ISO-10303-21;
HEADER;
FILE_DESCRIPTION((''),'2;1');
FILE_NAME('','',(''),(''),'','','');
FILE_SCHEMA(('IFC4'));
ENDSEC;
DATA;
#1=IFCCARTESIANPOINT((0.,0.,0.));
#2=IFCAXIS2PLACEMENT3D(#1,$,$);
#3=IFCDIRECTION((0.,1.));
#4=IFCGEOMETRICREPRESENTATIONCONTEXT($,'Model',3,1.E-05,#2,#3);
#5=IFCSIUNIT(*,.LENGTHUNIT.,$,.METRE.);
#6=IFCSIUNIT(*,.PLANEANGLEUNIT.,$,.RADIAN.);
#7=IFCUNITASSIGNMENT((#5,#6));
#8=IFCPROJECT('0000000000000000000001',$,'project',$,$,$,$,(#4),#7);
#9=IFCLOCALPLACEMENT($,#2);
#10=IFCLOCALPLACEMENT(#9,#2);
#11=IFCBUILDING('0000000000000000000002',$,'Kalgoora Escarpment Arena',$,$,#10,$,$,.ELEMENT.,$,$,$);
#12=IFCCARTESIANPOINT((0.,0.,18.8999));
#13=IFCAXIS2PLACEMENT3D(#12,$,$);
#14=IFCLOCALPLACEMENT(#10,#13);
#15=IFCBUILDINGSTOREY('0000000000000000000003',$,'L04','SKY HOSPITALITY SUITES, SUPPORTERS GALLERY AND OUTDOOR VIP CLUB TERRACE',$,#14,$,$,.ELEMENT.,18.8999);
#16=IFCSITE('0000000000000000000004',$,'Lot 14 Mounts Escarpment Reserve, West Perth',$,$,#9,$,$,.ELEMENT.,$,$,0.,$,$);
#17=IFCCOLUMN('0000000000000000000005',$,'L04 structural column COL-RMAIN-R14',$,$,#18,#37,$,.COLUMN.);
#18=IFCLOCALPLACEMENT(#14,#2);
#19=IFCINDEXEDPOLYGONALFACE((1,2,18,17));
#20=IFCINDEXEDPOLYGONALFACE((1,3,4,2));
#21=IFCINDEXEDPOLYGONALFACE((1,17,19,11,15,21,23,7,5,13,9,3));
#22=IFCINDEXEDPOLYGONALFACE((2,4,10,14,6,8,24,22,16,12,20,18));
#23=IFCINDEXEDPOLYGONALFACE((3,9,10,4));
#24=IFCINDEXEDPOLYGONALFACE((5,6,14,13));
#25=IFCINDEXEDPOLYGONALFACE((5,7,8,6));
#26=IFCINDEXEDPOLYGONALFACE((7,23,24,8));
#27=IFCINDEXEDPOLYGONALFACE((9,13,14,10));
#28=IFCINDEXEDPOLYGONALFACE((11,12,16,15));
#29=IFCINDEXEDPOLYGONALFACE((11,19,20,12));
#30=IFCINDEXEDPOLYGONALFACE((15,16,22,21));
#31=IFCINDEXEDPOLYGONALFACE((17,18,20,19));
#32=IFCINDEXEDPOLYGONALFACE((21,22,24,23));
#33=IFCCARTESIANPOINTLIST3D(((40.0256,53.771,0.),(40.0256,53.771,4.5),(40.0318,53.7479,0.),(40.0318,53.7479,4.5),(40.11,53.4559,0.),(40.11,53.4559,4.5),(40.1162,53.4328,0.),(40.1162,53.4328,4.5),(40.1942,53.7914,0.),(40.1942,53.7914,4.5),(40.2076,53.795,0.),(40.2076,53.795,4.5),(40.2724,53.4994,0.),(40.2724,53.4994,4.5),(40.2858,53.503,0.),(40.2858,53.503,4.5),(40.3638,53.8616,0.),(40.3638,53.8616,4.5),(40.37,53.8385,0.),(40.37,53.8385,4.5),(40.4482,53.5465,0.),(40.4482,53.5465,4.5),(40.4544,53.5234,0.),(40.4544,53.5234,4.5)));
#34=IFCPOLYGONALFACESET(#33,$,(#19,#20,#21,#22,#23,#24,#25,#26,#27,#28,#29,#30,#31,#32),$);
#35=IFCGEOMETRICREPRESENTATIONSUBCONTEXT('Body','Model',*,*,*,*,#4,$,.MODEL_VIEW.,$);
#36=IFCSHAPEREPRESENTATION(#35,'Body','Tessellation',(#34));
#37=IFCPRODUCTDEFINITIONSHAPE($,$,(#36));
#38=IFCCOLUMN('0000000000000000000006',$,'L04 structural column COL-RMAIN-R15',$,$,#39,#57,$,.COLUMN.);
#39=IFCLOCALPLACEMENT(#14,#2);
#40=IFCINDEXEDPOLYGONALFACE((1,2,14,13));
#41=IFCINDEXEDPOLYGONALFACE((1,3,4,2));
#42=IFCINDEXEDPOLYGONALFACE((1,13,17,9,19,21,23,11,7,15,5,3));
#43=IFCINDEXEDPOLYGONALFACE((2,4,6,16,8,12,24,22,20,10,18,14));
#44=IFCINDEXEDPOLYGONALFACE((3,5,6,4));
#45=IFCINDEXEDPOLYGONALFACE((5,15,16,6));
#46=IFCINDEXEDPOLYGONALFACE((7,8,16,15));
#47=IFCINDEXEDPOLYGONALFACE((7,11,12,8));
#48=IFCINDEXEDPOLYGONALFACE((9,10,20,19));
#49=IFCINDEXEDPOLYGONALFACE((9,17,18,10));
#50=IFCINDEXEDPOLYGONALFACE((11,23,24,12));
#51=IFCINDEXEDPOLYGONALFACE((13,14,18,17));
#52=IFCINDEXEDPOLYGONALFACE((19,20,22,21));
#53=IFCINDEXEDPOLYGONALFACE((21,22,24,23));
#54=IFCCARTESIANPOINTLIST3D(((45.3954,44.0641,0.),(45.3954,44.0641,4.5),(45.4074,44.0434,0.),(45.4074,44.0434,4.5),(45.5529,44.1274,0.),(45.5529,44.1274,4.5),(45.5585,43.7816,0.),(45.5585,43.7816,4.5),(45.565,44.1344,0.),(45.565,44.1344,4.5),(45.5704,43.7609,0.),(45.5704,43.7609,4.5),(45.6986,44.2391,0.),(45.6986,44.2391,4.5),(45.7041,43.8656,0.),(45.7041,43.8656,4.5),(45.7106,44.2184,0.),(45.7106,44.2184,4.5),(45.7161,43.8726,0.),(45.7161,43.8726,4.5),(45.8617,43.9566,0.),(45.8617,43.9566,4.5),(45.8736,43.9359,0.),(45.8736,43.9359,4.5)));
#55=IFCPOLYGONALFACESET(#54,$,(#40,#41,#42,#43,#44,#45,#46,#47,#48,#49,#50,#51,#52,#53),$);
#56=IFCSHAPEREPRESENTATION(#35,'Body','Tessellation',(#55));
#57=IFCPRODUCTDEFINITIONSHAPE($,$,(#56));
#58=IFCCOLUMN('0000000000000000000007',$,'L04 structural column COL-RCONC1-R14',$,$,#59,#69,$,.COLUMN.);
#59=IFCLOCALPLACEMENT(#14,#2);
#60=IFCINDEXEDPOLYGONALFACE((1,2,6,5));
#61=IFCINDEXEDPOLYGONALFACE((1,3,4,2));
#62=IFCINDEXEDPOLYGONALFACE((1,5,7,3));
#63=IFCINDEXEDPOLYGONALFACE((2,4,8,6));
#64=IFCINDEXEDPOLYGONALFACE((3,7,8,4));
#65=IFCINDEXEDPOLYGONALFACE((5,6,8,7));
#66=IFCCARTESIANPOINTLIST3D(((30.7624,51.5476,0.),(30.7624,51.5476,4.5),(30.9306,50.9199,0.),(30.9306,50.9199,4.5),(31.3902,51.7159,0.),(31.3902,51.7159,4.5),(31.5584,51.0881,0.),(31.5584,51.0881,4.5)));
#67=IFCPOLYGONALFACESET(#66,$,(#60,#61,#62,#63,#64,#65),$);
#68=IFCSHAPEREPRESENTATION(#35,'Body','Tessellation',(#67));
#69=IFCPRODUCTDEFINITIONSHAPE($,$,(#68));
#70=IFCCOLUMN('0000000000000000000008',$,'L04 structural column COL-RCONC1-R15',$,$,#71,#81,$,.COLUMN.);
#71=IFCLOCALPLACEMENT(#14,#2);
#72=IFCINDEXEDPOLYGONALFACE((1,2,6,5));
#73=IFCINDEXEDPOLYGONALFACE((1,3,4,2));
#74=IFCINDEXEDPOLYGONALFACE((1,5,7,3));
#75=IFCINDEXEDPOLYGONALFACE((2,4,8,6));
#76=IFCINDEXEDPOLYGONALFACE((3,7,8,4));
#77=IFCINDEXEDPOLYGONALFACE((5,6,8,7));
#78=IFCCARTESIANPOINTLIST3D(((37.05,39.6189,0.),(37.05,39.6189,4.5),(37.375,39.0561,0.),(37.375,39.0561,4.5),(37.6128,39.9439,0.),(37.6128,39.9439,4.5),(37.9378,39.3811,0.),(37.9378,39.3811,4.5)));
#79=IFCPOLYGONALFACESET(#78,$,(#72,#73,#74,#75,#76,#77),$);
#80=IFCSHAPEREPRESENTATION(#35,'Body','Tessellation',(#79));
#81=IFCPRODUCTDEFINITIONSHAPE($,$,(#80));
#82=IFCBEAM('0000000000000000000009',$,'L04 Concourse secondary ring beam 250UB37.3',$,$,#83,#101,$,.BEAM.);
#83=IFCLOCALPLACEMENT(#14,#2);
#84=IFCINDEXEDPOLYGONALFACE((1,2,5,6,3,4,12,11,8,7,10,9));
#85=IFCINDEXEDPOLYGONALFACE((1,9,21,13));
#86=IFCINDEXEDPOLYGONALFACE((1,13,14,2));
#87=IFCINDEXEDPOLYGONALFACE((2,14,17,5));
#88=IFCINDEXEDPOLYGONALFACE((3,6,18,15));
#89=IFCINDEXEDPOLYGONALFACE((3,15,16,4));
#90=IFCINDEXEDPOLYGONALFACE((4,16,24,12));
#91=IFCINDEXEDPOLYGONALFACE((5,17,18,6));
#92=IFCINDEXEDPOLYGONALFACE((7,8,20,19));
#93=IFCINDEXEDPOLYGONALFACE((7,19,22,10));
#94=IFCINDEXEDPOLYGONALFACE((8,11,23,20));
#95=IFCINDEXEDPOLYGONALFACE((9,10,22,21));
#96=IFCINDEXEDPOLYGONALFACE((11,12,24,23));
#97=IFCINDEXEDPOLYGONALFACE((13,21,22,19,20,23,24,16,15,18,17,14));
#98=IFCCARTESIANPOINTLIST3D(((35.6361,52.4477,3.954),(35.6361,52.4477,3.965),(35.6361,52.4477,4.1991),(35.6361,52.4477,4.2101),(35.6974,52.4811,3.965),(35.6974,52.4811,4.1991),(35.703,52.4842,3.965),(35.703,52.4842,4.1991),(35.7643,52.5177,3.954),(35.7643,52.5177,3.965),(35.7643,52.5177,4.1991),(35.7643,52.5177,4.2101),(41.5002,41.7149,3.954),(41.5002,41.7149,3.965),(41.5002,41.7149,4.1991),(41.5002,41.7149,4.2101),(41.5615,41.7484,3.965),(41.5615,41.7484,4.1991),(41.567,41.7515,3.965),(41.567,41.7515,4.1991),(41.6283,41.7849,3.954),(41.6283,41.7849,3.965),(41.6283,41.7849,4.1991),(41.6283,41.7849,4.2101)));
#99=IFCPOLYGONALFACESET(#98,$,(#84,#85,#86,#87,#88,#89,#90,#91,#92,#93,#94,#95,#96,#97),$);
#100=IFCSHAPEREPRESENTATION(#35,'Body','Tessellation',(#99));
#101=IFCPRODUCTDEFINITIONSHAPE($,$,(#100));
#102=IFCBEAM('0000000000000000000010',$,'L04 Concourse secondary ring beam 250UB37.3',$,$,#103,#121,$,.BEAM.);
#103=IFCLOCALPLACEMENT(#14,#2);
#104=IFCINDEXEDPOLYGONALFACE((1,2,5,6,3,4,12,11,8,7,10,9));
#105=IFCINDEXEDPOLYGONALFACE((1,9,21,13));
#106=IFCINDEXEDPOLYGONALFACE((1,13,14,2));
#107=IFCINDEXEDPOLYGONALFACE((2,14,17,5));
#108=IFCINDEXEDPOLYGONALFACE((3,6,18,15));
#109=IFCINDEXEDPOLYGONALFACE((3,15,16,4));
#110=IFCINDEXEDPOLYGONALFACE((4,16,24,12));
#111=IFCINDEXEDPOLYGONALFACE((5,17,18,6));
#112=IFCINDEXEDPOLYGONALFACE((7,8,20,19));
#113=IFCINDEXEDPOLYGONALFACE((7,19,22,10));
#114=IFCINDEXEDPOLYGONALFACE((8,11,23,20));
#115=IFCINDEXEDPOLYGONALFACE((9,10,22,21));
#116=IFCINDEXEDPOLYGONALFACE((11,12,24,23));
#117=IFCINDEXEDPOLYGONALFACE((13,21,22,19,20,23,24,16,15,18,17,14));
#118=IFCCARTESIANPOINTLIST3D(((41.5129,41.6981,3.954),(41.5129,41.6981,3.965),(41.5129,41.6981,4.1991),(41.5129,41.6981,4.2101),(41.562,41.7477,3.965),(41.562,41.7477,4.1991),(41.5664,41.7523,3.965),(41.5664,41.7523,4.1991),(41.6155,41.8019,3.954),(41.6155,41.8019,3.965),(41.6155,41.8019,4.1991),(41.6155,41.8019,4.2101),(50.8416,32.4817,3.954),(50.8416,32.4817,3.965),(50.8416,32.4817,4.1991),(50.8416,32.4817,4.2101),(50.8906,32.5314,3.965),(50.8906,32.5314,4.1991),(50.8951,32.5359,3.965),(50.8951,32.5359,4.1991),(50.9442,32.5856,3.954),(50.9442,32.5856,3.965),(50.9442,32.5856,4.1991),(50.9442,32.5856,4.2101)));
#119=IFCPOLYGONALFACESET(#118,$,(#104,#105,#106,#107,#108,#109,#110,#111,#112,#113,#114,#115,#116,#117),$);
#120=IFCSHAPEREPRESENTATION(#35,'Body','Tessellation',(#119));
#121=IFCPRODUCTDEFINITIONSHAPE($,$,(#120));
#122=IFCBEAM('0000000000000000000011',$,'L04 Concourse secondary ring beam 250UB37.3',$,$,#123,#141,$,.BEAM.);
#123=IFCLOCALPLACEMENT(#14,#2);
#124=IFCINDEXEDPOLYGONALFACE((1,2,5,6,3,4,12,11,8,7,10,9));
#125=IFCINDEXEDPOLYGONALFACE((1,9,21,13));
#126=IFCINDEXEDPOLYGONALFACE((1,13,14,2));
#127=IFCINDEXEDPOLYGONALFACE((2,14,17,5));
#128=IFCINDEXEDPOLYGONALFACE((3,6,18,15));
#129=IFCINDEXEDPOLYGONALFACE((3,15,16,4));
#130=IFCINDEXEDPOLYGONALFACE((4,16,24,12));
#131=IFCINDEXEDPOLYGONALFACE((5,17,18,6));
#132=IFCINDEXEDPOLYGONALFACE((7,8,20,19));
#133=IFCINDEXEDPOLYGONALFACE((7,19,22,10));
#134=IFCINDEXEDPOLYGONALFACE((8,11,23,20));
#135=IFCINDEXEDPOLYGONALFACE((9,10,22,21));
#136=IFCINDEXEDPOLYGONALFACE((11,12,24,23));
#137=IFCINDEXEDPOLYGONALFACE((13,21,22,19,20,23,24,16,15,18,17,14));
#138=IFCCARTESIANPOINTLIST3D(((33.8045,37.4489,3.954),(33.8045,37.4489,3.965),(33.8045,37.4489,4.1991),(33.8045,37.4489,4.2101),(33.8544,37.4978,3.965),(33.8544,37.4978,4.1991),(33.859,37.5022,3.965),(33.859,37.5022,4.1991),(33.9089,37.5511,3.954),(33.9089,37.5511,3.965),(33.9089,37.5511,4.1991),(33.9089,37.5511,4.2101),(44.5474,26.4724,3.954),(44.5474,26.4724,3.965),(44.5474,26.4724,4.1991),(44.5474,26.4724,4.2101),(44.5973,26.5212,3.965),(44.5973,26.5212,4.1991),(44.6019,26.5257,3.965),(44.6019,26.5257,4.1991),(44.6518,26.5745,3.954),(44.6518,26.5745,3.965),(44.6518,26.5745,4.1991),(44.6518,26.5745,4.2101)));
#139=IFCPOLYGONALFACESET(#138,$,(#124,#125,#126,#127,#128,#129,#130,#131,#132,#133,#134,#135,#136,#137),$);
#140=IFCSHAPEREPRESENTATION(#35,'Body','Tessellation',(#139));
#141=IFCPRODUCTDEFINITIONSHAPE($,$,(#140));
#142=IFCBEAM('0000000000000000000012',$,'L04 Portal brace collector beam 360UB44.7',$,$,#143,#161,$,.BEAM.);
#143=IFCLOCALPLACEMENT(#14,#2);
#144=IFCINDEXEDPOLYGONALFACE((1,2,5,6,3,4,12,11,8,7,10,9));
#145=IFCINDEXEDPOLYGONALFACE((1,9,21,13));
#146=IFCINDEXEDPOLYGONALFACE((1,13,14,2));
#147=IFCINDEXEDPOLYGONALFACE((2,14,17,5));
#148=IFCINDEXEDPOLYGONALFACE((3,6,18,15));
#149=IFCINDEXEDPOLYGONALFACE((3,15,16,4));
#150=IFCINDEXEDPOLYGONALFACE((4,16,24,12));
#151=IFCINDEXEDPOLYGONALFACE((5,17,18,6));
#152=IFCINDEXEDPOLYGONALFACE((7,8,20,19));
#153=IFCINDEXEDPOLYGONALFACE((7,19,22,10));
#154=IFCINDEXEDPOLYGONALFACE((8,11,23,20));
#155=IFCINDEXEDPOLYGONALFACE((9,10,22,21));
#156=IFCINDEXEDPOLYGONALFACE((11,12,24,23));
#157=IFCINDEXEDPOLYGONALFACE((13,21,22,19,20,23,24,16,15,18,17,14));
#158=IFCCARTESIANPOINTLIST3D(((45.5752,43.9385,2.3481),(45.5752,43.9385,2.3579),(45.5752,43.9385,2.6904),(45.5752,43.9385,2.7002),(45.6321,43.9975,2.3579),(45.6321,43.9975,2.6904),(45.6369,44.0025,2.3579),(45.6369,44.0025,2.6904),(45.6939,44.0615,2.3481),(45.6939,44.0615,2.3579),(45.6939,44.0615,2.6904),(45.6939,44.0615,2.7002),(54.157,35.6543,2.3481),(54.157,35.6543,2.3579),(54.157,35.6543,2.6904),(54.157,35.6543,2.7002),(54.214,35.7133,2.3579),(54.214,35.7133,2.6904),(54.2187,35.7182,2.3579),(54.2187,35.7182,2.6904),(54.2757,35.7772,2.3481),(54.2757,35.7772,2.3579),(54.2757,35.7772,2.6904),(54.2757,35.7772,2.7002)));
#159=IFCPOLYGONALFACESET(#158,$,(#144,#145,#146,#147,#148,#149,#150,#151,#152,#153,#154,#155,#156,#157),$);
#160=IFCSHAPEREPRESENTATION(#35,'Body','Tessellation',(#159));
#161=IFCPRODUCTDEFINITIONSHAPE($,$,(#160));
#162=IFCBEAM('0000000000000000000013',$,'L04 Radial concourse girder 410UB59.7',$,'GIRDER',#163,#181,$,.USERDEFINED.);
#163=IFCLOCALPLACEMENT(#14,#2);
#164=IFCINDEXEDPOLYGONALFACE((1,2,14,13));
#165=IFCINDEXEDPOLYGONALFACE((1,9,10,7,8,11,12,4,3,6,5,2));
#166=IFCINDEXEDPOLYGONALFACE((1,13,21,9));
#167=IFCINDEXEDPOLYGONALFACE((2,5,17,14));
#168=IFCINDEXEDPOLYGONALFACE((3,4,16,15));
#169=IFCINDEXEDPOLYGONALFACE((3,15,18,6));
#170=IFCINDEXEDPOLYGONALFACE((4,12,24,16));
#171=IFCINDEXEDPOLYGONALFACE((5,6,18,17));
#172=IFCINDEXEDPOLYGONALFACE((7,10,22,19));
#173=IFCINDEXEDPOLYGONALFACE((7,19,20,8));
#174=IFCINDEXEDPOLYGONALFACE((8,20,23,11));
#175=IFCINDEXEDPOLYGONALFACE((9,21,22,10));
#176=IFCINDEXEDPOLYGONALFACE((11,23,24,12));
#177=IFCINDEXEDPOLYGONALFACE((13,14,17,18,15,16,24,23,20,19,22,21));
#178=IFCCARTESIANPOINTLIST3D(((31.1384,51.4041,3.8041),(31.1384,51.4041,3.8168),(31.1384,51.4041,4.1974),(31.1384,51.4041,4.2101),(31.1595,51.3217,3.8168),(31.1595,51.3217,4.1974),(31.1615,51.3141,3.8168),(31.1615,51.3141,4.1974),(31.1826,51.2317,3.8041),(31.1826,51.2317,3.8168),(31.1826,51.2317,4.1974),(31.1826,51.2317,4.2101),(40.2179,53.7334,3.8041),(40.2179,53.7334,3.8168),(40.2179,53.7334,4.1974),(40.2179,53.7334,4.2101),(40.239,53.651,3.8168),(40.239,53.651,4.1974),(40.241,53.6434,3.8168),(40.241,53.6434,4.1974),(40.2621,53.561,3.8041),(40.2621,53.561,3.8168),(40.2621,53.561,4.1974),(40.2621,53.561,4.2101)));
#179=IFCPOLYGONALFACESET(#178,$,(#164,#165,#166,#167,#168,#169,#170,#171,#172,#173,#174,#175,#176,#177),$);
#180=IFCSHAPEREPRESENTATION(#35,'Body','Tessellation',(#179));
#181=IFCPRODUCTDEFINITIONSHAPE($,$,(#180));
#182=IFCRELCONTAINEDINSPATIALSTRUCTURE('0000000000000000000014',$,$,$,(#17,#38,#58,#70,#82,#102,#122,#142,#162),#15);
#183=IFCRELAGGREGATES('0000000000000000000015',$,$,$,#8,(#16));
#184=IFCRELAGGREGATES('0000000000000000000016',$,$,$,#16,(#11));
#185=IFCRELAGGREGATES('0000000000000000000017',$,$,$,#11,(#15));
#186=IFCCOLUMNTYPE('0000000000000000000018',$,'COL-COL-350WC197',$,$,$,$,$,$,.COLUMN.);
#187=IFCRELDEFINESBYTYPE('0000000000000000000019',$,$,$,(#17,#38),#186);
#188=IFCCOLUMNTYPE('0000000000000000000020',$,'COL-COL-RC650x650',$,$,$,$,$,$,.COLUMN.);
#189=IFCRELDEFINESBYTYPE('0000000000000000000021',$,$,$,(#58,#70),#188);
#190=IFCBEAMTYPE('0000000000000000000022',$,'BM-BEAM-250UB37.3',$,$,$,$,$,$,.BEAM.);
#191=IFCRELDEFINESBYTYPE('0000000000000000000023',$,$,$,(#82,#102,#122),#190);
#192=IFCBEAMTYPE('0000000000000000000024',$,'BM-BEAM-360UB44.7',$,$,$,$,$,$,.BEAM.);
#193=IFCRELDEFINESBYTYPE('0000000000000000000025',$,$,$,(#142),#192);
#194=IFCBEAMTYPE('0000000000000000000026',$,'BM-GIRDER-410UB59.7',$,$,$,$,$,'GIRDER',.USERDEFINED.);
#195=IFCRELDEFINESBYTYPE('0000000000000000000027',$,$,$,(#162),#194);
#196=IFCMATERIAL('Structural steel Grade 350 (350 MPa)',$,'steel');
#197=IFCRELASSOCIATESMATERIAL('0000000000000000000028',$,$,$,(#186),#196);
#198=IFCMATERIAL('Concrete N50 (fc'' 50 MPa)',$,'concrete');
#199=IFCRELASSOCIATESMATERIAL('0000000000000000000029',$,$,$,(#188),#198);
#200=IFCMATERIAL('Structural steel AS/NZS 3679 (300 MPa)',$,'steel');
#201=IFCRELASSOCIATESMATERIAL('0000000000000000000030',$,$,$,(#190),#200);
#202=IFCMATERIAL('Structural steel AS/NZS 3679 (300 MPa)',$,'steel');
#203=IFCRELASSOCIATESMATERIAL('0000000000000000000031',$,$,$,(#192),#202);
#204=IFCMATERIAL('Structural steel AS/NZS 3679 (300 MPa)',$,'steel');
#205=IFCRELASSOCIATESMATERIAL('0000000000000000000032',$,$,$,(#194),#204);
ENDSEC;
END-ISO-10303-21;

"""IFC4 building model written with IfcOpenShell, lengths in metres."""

from ifc_helpers import new_model, si_unit, direction, frame, origin, origin_2d, place, context, subcontext, project, spatial, rectangle, i_section, extrude, material, material_profile, profile_set, type_object, element, save


model = new_model("IFC4")

# Units and contexts
model_context = context("Model", 3, precision=1e-05, world=origin(), true_north=direction((0.0, 1.0)))
body_context = subcontext(model_context, "Body", "Model", "MODEL_VIEW")
ifc_project = project(units=[si_unit("LENGTHUNIT", "METRE"), si_unit("PLANEANGLEUNIT", "RADIAN")], contexts=[model_context])

# Site, building, storey
site_placement = place(None, origin())
site = spatial("IfcSite", under=ifc_project, at=site_placement, Name="Lot 14 Mounts Escarpment Reserve, West Perth", CompositionType="ELEMENT", RefElevation=0.0)
building_placement = place(site_placement, origin())
building = spatial("IfcBuilding", under=site, at=building_placement, Name="Kalgoora Escarpment Arena", CompositionType="ELEMENT")
storey_placement = place(building_placement, frame((0.0, 0.0, 18.8999)))
storey = spatial("IfcBuildingStorey", under=building, at=storey_placement, Name="L04", Description="SKY HOSPITALITY SUITES, SUPPORTERS GALLERY AND OUTDOOR VIP CLUB TERRACE", CompositionType="ELEMENT", Elevation=18.8999)

# Columns
ifc_material_1 = material(Name="Structural steel Grade 350 (350 MPa)", Category="steel")
ifc_material_profile_1 = material_profile(ifc_material_1, i_section(OverallWidth=0.3501, OverallDepth=0.3501, WebThickness=0.0139, FlangeThickness=0.0239, at=origin_2d()))
ifc_profile_set_1 = profile_set([ifc_material_profile_1], Name="Structural steel Grade 350 (350 MPa)")
column_type_1 = type_object("IfcColumnType", Name="COL-COL-350WC197", PredefinedType="COLUMN", material=ifc_profile_set_1)
for number, where, z_axis, x_axis, name in (
    (1, (40.24, 53.6472, 0.0), (0.0, 0.0, 1.0), (-0.965926, -0.258819, 0.0), "L04 structural column COL-RMAIN-R14"),
    (2, (45.6345, 44.0, 0.0), (0.0, 0.0, 1.0), (-0.866025, -0.5, 0.0), "L04 structural column COL-RMAIN-R15"),
):
    element("IfcColumn", number, at=place(storey_placement, frame(where, z_axis=z_axis, x_axis=x_axis)), inside=storey, type_object=column_type_1, Name=name, PredefinedType="COLUMN", context=body_context, shape_type="SweptSolid", body=[
        extrude(i_section(OverallWidth=0.3501, OverallDepth=0.3501, WebThickness=0.0139, FlangeThickness=0.0239, at=origin_2d()), origin(), (0.0, 0.0, 1.0), 4.5),
    ])
ifc_material_2 = material(Name="Concrete N50 (fc' 50 MPa)", Category="concrete")
ifc_material_profile_2 = material_profile(ifc_material_2, rectangle(XDim=0.6499, YDim=0.6499, at=origin_2d()))
ifc_profile_set_2 = profile_set([ifc_material_profile_2], Name="Concrete N50 (fc' 50 MPa)")
column_type_2 = type_object("IfcColumnType", Name="COL-COL-RC650x650", PredefinedType="COLUMN", material=ifc_profile_set_2)
for number, where, z_axis, x_axis, name in (
    (3, (31.1604, 51.3179, 0.0), (0.0, 0.0, 1.0), (-0.965926, -0.258819, 0.0), "L04 structural column COL-RCONC1-R14"),
    (4, (37.4939, 39.5, 0.0), (0.0, 0.0, 1.0), (-0.866025, -0.5, 0.0), "L04 structural column COL-RCONC1-R15"),
):
    element("IfcColumn", number, at=place(storey_placement, frame(where, z_axis=z_axis, x_axis=x_axis)), inside=storey, type_object=column_type_2, Name=name, PredefinedType="COLUMN", context=body_context, shape_type="SweptSolid", body=[
        extrude(rectangle(XDim=0.6499, YDim=0.6499, at=origin_2d()), origin(), (0.0, 0.0, 1.0), 4.5),
    ])

# Beams
ifc_material_3 = material(Name="Structural steel AS/NZS 3679 (300 MPa)", Category="steel")
ifc_material_profile_3 = material_profile(ifc_material_3, i_section(OverallWidth=0.146, OverallDepth=0.2561, WebThickness=0.0063, FlangeThickness=0.011, at=origin_2d()))
ifc_profile_set_3 = profile_set([ifc_material_profile_3], Name="Structural steel AS/NZS 3679 (300 MPa)")
beam_type_1 = type_object("IfcBeamType", Name="BM-BEAM-250UB37.3", PredefinedType="BEAM", material=ifc_profile_set_3)
beam_1_placement = place(storey_placement, frame((35.7002, 52.4827, 4.082), z_axis=(0.479472, -0.877557, 0.0), x_axis=(0.877557, 0.479472, 0.0)))
element("IfcBeam", 5, at=beam_1_placement, inside=storey, type_object=beam_type_1, Name="L04 Concourse secondary ring beam 250UB37.3", PredefinedType="BEAM", context=body_context, shape_type="SweptSolid", body=[
    extrude(i_section(OverallWidth=0.146, OverallDepth=0.2561, WebThickness=0.0063, FlangeThickness=0.011, at=origin_2d()), origin(), (0.0, 0.0, 1.0), 12.2302),
])
beam_2_placement = place(storey_placement, frame((41.5642, 41.75, 4.082), z_axis=(0.711376, -0.702812, 0.0), x_axis=(0.702812, 0.711376, 0.0)))
element("IfcBeam", 6, at=beam_2_placement, inside=storey, type_object=beam_type_1, Name="L04 Concourse secondary ring beam 250UB37.3", PredefinedType="BEAM", context=body_context, shape_type="SweptSolid", body=[
    extrude(i_section(OverallWidth=0.146, OverallDepth=0.2561, WebThickness=0.0063, FlangeThickness=0.011, at=origin_2d()), origin(), (0.0, 0.0, 1.0), 13.1135),
])
beam_3_placement = place(storey_placement, frame((33.8567, 37.5, 4.082), z_axis=(0.69946, -0.714672, 0.0), x_axis=(0.714672, 0.69946, 0.0)))
element("IfcBeam", 7, at=beam_3_placement, inside=storey, type_object=beam_type_1, Name="L04 Concourse secondary ring beam 250UB37.3", PredefinedType="BEAM", context=body_context, shape_type="SweptSolid", body=[
    extrude(i_section(OverallWidth=0.146, OverallDepth=0.2561, WebThickness=0.0063, FlangeThickness=0.011, at=origin_2d()), origin(), (0.0, 0.0, 1.0), 15.3589),
])
ifc_material_4 = material(Name="Structural steel AS/NZS 3679 (300 MPa)", Category="steel")
ifc_material_profile_4 = material_profile(ifc_material_4, i_section(OverallWidth=0.1709, OverallDepth=0.3521, WebThickness=0.0068, FlangeThickness=0.0098, at=origin_2d()))
ifc_profile_set_4 = profile_set([ifc_material_profile_4], Name="Structural steel AS/NZS 3679 (300 MPa)")
beam_type_2 = type_object("IfcBeamType", Name="BM-BEAM-360UB44.7", PredefinedType="BEAM", material=ifc_profile_set_4)
beam_4_placement = place(storey_placement, frame((45.6345, 44.0, 2.5242), z_axis=(0.719472, -0.694521, 0.0), x_axis=(0.694521, 0.719472, 0.0)))
element("IfcBeam", 8, at=beam_4_placement, inside=storey, type_object=beam_type_2, Name="L04 Portal brace collector beam 360UB44.7", PredefinedType="BEAM", context=body_context, shape_type="SweptSolid", body=[
    extrude(i_section(OverallWidth=0.1709, OverallDepth=0.3521, WebThickness=0.0068, FlangeThickness=0.0098, at=origin_2d()), origin(), (0.0, 0.0, 1.0), 11.928),
])
ifc_material_5 = material(Name="Structural steel AS/NZS 3679 (300 MPa)", Category="steel")
ifc_material_profile_5 = material_profile(ifc_material_5, i_section(OverallWidth=0.178, OverallDepth=0.406, WebThickness=0.0078, FlangeThickness=0.0127, at=origin_2d()))
ifc_profile_set_5 = profile_set([ifc_material_profile_5], Name="Structural steel AS/NZS 3679 (300 MPa)")
beam_type_3 = type_object("IfcBeamType", Name="BM-GIRDER-410UB59.7", ElementType="GIRDER", PredefinedType="USERDEFINED", material=ifc_profile_set_5)
beam_5_placement = place(storey_placement, frame((40.24, 53.6472, 4.0071), z_axis=(-0.968632, -0.2485, 0.0), x_axis=(0.2485, -0.968632, 0.0)))
element("IfcBeam", 9, at=beam_5_placement, inside=storey, type_object=beam_type_3, Name="L04 Radial concourse girder 410UB59.7", ObjectType="GIRDER", PredefinedType="USERDEFINED", context=body_context, shape_type="SweptSolid", body=[
    extrude(i_section(OverallWidth=0.178, OverallDepth=0.406, WebThickness=0.0078, FlangeThickness=0.0127, at=origin_2d()), origin(), (0.0, 0.0, 1.0), 9.3735),
])

save(model, "model.ifc")
